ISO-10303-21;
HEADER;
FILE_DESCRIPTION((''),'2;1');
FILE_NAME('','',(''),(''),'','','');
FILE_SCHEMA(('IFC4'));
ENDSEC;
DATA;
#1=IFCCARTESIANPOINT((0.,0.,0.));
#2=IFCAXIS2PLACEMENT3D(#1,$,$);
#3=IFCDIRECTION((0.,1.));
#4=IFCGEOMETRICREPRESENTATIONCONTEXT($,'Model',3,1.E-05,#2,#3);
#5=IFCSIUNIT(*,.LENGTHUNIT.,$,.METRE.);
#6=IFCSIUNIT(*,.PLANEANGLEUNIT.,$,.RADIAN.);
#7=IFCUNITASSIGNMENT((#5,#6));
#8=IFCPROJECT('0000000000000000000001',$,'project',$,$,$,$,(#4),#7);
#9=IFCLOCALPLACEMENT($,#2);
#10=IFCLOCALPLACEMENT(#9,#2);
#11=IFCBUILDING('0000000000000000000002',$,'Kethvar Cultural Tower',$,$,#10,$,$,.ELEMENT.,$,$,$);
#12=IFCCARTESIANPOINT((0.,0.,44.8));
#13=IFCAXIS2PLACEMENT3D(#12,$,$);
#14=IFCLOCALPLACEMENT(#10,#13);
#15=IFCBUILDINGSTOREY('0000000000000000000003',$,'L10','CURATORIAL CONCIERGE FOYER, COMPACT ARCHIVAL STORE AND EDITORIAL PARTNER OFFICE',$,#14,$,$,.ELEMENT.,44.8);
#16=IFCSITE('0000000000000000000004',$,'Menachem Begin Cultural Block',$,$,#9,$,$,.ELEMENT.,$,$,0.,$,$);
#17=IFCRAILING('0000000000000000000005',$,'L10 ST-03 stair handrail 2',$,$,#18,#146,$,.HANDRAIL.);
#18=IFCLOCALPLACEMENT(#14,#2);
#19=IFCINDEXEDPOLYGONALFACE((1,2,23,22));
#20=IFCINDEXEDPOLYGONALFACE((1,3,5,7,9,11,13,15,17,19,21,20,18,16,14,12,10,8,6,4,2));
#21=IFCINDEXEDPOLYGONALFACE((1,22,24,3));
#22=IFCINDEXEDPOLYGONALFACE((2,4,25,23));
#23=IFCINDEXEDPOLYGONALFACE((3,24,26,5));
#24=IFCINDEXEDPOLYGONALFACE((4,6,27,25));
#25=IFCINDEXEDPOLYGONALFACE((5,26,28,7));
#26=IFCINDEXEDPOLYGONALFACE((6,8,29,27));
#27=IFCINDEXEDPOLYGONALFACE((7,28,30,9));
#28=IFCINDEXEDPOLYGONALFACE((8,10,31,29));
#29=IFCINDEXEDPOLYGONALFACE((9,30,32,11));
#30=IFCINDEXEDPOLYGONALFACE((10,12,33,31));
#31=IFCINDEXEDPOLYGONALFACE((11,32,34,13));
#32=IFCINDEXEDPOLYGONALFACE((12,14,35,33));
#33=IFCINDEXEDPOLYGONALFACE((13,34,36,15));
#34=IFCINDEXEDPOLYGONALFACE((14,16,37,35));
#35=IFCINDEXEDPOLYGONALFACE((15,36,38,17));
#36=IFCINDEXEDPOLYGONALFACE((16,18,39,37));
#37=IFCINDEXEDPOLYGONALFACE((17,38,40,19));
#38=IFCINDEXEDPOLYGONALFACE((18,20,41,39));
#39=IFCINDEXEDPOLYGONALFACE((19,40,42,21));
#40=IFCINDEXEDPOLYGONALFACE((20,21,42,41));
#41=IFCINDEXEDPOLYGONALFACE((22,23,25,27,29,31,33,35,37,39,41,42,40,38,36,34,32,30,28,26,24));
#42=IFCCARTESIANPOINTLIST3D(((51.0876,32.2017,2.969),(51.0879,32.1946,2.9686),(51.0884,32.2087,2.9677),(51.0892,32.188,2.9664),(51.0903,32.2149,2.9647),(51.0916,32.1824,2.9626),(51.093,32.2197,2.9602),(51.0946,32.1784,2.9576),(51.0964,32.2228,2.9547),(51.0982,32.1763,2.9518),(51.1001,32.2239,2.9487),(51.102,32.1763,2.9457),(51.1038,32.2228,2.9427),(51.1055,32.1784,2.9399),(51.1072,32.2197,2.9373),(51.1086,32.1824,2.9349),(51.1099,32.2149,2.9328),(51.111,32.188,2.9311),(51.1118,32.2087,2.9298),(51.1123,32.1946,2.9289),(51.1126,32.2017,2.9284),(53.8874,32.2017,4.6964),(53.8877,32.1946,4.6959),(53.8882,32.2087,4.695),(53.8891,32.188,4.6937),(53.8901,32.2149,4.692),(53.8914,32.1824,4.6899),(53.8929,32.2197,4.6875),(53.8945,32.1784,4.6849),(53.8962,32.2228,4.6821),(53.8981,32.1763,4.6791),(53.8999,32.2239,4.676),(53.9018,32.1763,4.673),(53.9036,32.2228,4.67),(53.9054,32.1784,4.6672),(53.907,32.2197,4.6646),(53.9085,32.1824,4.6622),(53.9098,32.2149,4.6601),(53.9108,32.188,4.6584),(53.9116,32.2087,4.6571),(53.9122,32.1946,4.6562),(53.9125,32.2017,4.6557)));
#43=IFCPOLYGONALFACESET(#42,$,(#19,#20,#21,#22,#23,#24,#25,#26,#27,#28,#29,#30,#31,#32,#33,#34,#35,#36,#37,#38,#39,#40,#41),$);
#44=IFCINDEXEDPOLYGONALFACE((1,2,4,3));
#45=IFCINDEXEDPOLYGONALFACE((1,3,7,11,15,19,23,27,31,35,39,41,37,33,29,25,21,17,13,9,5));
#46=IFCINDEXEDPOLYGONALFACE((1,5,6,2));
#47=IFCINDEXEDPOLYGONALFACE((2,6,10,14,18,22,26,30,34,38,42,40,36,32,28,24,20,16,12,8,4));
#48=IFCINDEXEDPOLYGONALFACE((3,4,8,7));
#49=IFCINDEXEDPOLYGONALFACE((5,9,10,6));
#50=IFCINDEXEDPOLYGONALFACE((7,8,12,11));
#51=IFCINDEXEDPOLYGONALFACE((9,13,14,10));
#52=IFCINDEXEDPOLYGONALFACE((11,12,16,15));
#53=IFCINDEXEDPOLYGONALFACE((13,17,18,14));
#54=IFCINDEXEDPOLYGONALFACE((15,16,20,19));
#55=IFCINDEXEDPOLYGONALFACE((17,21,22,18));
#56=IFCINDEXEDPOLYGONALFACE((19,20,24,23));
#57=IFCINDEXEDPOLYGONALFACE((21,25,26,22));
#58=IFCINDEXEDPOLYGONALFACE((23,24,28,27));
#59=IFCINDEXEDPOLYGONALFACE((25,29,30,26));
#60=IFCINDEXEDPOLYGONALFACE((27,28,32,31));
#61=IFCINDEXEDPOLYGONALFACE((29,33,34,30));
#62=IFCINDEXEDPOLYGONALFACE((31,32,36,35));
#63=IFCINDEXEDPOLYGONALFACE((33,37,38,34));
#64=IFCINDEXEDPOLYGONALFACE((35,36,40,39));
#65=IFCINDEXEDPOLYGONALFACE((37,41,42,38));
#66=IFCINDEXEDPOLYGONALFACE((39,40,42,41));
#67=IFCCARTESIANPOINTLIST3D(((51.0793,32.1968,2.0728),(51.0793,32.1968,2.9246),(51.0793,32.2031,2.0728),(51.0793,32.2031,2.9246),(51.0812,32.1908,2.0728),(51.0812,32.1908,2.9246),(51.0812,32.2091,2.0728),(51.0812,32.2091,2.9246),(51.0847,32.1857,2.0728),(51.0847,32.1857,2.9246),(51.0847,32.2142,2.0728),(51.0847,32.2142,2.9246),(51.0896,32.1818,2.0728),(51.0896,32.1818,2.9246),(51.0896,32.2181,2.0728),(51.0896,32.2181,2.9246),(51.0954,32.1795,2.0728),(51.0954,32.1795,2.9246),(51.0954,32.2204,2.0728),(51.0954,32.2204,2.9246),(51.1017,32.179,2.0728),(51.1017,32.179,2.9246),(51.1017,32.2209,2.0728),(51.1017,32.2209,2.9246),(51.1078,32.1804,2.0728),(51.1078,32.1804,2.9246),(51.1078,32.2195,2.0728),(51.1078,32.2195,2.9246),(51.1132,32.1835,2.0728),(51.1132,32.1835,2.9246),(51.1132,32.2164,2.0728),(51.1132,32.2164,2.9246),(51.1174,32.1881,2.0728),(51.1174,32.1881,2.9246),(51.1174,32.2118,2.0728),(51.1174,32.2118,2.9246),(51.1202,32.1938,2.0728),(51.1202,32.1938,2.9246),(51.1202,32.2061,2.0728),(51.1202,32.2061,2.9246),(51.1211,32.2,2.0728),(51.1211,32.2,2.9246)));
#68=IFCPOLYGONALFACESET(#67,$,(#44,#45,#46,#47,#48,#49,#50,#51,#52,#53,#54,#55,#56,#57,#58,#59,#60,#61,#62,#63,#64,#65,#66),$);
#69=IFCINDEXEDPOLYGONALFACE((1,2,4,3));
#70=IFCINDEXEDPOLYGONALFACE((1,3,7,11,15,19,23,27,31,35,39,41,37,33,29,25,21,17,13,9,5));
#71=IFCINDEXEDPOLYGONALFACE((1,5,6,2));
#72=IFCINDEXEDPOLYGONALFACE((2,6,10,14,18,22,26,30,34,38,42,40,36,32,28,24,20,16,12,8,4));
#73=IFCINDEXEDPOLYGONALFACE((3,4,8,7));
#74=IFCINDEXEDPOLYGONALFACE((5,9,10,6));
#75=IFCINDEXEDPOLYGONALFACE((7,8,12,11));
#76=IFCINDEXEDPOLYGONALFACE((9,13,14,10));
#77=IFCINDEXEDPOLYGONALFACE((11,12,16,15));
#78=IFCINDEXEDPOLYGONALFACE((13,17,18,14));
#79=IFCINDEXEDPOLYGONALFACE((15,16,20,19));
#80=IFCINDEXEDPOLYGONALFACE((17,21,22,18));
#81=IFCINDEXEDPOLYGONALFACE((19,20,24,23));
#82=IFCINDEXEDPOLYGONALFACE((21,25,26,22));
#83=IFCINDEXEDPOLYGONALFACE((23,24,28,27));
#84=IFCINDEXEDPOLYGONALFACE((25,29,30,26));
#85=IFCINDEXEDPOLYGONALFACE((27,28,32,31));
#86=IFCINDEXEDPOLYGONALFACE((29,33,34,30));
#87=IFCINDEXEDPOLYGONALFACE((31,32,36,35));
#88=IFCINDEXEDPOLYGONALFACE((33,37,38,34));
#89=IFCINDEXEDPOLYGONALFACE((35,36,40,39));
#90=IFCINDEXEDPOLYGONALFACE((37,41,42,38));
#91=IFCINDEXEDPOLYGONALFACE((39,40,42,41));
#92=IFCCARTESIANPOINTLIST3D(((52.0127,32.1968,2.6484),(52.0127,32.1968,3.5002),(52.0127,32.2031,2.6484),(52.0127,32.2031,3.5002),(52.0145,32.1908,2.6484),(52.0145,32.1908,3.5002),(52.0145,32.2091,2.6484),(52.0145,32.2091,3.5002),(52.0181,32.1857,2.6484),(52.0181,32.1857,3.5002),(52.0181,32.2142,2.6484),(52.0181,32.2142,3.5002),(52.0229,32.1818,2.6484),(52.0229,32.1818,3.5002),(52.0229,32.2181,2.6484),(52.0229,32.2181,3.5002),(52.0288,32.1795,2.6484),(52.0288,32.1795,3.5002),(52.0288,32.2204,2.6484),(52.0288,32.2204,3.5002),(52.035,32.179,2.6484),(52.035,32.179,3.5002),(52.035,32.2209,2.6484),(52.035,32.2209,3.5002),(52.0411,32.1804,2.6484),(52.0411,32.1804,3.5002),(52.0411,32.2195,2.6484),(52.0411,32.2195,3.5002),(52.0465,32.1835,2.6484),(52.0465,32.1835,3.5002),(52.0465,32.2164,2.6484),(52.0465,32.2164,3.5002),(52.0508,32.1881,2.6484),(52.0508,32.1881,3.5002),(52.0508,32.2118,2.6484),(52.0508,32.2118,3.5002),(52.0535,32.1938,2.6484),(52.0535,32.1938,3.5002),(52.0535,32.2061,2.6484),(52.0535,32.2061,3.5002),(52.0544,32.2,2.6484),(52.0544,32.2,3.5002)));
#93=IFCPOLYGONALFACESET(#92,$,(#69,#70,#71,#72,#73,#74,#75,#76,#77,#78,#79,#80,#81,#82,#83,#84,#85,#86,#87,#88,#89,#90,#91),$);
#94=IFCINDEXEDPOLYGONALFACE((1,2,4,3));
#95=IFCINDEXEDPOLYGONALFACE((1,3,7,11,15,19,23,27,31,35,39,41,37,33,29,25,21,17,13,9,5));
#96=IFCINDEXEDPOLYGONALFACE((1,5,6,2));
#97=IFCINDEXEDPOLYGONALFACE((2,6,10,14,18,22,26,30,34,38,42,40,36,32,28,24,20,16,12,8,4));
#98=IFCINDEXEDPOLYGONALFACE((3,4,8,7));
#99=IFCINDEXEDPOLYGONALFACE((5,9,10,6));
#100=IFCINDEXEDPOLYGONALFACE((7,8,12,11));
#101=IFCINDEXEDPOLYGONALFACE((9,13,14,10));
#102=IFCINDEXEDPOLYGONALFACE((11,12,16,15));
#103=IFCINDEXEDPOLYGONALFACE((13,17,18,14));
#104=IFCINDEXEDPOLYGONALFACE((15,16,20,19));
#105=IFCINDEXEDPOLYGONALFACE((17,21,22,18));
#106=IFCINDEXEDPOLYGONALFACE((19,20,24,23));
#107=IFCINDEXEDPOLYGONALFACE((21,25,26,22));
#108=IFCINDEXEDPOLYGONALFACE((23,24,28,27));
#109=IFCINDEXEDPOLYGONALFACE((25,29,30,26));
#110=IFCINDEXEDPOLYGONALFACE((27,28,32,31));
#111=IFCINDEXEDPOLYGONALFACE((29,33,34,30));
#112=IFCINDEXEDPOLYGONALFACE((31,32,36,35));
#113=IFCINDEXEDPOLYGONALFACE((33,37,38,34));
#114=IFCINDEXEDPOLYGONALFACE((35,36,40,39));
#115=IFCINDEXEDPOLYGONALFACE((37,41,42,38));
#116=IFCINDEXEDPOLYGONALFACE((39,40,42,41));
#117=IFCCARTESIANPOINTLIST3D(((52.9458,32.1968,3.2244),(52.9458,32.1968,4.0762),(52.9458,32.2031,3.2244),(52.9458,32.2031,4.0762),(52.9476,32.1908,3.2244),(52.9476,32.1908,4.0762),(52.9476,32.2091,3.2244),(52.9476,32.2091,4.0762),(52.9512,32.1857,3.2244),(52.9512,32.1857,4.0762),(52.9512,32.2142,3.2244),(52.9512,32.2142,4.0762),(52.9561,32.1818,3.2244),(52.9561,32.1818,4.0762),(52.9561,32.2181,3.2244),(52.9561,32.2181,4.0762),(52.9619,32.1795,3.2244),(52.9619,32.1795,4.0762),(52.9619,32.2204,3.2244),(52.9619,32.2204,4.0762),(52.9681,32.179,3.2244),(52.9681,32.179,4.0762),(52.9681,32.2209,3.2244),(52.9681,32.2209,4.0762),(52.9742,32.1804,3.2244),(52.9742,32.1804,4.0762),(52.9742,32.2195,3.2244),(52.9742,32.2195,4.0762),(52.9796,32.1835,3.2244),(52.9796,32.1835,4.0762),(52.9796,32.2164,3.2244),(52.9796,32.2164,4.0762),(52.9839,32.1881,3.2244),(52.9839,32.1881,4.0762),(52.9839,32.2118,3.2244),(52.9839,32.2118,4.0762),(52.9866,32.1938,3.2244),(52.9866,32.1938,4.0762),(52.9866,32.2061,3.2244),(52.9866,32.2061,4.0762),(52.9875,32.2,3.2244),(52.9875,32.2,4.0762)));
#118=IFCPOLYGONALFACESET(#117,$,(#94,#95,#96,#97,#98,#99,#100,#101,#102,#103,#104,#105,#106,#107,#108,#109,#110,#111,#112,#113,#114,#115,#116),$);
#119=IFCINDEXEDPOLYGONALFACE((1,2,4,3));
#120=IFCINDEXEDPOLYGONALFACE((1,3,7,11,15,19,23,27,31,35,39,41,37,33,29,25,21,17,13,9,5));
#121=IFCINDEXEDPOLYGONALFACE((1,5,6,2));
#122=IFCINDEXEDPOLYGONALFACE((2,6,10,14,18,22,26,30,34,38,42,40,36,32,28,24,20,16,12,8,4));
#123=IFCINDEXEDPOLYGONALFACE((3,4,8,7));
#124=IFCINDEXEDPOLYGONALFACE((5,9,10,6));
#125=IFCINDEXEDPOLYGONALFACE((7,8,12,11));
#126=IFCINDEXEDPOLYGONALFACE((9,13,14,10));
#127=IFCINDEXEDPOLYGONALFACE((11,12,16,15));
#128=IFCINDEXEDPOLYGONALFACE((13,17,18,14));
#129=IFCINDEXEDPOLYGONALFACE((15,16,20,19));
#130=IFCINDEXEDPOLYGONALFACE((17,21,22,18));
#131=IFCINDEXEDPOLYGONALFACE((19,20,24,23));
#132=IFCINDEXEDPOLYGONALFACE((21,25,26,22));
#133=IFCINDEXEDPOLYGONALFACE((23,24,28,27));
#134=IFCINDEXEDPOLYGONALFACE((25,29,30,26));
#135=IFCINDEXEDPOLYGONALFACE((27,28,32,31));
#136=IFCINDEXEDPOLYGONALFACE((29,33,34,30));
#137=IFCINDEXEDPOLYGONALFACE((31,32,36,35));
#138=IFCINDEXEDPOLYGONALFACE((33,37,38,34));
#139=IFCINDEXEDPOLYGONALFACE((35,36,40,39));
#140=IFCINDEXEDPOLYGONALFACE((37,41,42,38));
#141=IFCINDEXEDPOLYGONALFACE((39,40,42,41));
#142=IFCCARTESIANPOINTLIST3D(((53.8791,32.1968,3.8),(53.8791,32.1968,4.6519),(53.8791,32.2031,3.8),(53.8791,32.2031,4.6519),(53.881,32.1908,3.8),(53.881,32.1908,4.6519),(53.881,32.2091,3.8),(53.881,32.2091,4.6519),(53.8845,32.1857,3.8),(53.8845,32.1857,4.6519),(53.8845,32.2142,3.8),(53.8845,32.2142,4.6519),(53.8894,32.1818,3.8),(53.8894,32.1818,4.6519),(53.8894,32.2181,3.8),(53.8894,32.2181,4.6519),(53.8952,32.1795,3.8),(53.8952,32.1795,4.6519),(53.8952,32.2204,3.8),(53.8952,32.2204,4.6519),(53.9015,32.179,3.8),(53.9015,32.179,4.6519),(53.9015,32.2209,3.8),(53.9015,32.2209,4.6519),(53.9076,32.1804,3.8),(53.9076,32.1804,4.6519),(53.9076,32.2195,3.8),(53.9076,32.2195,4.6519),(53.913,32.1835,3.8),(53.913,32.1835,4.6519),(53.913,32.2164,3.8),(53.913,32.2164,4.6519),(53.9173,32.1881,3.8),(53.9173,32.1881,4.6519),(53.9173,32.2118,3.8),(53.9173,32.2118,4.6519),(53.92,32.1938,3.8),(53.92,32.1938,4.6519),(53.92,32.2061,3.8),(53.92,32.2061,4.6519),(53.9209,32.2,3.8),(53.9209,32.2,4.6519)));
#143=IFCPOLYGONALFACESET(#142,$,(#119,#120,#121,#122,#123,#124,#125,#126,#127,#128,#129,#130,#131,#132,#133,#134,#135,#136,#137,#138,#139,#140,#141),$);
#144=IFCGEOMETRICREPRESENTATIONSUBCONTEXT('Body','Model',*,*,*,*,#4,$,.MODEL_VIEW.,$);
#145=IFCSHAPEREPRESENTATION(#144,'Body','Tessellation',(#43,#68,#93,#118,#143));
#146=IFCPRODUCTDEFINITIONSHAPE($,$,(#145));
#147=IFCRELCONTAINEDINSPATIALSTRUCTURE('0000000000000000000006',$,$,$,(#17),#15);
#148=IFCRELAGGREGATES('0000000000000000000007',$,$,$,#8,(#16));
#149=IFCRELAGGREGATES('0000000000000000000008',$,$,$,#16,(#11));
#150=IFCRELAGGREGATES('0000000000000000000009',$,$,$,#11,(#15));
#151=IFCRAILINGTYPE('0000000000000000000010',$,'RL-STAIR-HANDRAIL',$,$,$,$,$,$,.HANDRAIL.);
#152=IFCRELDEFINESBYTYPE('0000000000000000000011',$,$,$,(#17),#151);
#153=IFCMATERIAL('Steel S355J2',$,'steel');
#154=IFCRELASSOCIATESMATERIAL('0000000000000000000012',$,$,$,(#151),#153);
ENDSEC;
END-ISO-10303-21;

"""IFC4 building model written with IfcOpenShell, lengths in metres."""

from ifc_helpers import new_model, si_unit, direction, frame, origin, origin_2d, place, context, subcontext, project, spatial, circle, extrude, material, type_object, element, save


model = new_model("IFC4")

# Units and contexts
model_context = context("Model", 3, precision=1e-05, world=origin(), true_north=direction((0.0, 1.0)))
body_context = subcontext(model_context, "Body", "Model", "MODEL_VIEW")
ifc_project = project(units=[si_unit("LENGTHUNIT", "METRE"), si_unit("PLANEANGLEUNIT", "RADIAN")], contexts=[model_context])

# Site, building, storey
site_placement = place(None, origin())
site = spatial("IfcSite", under=ifc_project, at=site_placement, Name="Menachem Begin Cultural Block", CompositionType="ELEMENT", RefElevation=0.0)
building_placement = place(site_placement, origin())
building = spatial("IfcBuilding", under=site, at=building_placement, Name="Kethvar Cultural Tower", CompositionType="ELEMENT")
storey_placement = place(building_placement, frame((0.0, 0.0, 44.8)))
storey = spatial("IfcBuildingStorey", under=building, at=storey_placement, Name="L10", Description="CURATORIAL CONCIERGE FOYER, COMPACT ARCHIVAL STORE AND EDITORIAL PARTNER OFFICE", CompositionType="ELEMENT", Elevation=44.8)

# Shared definitions
ifc_material_1 = material(Name="Steel S355J2", Category="steel")

# Railing
railing_type_1 = type_object("IfcRailingType", Name="RL-STAIR-HANDRAIL", PredefinedType="HANDRAIL", material=ifc_material_1)
railing_1_placement = place(storey_placement, frame((51.1001, 32.2, 2.0728)))
element("IfcRailing", 1, at=railing_1_placement, inside=storey, type_object=railing_type_1, Name="L10 ST-03 stair handrail 2", PredefinedType="HANDRAIL", context=body_context, shape_type="SweptSolid", body=[
    extrude(circle(Radius=0.0239, at=origin_2d()), frame((0.0, 0.0, 0.876), z_axis=(0.851069, 0.0, 0.525054), x_axis=(0.0, 1.0, 0.0)), (0.0, 0.0, 1.0), 3.2898),
    extrude(circle(Radius=0.021, at=origin_2d()), origin(), (0.0, 0.0, 1.0), 0.8518),
    extrude(circle(Radius=0.021, at=origin_2d()), frame((0.9333, 0.0, 0.5757)), (0.0, 0.0, 1.0), 0.8518),
    extrude(circle(Radius=0.021, at=origin_2d()), frame((1.8665, 0.0, 1.1516)), (0.0, 0.0, 1.0), 0.8518),
    extrude(circle(Radius=0.021, at=origin_2d()), frame((2.7998, 0.0, 1.7273)), (0.0, 0.0, 1.0), 0.8518),
])

save(model, "model.ifc")
